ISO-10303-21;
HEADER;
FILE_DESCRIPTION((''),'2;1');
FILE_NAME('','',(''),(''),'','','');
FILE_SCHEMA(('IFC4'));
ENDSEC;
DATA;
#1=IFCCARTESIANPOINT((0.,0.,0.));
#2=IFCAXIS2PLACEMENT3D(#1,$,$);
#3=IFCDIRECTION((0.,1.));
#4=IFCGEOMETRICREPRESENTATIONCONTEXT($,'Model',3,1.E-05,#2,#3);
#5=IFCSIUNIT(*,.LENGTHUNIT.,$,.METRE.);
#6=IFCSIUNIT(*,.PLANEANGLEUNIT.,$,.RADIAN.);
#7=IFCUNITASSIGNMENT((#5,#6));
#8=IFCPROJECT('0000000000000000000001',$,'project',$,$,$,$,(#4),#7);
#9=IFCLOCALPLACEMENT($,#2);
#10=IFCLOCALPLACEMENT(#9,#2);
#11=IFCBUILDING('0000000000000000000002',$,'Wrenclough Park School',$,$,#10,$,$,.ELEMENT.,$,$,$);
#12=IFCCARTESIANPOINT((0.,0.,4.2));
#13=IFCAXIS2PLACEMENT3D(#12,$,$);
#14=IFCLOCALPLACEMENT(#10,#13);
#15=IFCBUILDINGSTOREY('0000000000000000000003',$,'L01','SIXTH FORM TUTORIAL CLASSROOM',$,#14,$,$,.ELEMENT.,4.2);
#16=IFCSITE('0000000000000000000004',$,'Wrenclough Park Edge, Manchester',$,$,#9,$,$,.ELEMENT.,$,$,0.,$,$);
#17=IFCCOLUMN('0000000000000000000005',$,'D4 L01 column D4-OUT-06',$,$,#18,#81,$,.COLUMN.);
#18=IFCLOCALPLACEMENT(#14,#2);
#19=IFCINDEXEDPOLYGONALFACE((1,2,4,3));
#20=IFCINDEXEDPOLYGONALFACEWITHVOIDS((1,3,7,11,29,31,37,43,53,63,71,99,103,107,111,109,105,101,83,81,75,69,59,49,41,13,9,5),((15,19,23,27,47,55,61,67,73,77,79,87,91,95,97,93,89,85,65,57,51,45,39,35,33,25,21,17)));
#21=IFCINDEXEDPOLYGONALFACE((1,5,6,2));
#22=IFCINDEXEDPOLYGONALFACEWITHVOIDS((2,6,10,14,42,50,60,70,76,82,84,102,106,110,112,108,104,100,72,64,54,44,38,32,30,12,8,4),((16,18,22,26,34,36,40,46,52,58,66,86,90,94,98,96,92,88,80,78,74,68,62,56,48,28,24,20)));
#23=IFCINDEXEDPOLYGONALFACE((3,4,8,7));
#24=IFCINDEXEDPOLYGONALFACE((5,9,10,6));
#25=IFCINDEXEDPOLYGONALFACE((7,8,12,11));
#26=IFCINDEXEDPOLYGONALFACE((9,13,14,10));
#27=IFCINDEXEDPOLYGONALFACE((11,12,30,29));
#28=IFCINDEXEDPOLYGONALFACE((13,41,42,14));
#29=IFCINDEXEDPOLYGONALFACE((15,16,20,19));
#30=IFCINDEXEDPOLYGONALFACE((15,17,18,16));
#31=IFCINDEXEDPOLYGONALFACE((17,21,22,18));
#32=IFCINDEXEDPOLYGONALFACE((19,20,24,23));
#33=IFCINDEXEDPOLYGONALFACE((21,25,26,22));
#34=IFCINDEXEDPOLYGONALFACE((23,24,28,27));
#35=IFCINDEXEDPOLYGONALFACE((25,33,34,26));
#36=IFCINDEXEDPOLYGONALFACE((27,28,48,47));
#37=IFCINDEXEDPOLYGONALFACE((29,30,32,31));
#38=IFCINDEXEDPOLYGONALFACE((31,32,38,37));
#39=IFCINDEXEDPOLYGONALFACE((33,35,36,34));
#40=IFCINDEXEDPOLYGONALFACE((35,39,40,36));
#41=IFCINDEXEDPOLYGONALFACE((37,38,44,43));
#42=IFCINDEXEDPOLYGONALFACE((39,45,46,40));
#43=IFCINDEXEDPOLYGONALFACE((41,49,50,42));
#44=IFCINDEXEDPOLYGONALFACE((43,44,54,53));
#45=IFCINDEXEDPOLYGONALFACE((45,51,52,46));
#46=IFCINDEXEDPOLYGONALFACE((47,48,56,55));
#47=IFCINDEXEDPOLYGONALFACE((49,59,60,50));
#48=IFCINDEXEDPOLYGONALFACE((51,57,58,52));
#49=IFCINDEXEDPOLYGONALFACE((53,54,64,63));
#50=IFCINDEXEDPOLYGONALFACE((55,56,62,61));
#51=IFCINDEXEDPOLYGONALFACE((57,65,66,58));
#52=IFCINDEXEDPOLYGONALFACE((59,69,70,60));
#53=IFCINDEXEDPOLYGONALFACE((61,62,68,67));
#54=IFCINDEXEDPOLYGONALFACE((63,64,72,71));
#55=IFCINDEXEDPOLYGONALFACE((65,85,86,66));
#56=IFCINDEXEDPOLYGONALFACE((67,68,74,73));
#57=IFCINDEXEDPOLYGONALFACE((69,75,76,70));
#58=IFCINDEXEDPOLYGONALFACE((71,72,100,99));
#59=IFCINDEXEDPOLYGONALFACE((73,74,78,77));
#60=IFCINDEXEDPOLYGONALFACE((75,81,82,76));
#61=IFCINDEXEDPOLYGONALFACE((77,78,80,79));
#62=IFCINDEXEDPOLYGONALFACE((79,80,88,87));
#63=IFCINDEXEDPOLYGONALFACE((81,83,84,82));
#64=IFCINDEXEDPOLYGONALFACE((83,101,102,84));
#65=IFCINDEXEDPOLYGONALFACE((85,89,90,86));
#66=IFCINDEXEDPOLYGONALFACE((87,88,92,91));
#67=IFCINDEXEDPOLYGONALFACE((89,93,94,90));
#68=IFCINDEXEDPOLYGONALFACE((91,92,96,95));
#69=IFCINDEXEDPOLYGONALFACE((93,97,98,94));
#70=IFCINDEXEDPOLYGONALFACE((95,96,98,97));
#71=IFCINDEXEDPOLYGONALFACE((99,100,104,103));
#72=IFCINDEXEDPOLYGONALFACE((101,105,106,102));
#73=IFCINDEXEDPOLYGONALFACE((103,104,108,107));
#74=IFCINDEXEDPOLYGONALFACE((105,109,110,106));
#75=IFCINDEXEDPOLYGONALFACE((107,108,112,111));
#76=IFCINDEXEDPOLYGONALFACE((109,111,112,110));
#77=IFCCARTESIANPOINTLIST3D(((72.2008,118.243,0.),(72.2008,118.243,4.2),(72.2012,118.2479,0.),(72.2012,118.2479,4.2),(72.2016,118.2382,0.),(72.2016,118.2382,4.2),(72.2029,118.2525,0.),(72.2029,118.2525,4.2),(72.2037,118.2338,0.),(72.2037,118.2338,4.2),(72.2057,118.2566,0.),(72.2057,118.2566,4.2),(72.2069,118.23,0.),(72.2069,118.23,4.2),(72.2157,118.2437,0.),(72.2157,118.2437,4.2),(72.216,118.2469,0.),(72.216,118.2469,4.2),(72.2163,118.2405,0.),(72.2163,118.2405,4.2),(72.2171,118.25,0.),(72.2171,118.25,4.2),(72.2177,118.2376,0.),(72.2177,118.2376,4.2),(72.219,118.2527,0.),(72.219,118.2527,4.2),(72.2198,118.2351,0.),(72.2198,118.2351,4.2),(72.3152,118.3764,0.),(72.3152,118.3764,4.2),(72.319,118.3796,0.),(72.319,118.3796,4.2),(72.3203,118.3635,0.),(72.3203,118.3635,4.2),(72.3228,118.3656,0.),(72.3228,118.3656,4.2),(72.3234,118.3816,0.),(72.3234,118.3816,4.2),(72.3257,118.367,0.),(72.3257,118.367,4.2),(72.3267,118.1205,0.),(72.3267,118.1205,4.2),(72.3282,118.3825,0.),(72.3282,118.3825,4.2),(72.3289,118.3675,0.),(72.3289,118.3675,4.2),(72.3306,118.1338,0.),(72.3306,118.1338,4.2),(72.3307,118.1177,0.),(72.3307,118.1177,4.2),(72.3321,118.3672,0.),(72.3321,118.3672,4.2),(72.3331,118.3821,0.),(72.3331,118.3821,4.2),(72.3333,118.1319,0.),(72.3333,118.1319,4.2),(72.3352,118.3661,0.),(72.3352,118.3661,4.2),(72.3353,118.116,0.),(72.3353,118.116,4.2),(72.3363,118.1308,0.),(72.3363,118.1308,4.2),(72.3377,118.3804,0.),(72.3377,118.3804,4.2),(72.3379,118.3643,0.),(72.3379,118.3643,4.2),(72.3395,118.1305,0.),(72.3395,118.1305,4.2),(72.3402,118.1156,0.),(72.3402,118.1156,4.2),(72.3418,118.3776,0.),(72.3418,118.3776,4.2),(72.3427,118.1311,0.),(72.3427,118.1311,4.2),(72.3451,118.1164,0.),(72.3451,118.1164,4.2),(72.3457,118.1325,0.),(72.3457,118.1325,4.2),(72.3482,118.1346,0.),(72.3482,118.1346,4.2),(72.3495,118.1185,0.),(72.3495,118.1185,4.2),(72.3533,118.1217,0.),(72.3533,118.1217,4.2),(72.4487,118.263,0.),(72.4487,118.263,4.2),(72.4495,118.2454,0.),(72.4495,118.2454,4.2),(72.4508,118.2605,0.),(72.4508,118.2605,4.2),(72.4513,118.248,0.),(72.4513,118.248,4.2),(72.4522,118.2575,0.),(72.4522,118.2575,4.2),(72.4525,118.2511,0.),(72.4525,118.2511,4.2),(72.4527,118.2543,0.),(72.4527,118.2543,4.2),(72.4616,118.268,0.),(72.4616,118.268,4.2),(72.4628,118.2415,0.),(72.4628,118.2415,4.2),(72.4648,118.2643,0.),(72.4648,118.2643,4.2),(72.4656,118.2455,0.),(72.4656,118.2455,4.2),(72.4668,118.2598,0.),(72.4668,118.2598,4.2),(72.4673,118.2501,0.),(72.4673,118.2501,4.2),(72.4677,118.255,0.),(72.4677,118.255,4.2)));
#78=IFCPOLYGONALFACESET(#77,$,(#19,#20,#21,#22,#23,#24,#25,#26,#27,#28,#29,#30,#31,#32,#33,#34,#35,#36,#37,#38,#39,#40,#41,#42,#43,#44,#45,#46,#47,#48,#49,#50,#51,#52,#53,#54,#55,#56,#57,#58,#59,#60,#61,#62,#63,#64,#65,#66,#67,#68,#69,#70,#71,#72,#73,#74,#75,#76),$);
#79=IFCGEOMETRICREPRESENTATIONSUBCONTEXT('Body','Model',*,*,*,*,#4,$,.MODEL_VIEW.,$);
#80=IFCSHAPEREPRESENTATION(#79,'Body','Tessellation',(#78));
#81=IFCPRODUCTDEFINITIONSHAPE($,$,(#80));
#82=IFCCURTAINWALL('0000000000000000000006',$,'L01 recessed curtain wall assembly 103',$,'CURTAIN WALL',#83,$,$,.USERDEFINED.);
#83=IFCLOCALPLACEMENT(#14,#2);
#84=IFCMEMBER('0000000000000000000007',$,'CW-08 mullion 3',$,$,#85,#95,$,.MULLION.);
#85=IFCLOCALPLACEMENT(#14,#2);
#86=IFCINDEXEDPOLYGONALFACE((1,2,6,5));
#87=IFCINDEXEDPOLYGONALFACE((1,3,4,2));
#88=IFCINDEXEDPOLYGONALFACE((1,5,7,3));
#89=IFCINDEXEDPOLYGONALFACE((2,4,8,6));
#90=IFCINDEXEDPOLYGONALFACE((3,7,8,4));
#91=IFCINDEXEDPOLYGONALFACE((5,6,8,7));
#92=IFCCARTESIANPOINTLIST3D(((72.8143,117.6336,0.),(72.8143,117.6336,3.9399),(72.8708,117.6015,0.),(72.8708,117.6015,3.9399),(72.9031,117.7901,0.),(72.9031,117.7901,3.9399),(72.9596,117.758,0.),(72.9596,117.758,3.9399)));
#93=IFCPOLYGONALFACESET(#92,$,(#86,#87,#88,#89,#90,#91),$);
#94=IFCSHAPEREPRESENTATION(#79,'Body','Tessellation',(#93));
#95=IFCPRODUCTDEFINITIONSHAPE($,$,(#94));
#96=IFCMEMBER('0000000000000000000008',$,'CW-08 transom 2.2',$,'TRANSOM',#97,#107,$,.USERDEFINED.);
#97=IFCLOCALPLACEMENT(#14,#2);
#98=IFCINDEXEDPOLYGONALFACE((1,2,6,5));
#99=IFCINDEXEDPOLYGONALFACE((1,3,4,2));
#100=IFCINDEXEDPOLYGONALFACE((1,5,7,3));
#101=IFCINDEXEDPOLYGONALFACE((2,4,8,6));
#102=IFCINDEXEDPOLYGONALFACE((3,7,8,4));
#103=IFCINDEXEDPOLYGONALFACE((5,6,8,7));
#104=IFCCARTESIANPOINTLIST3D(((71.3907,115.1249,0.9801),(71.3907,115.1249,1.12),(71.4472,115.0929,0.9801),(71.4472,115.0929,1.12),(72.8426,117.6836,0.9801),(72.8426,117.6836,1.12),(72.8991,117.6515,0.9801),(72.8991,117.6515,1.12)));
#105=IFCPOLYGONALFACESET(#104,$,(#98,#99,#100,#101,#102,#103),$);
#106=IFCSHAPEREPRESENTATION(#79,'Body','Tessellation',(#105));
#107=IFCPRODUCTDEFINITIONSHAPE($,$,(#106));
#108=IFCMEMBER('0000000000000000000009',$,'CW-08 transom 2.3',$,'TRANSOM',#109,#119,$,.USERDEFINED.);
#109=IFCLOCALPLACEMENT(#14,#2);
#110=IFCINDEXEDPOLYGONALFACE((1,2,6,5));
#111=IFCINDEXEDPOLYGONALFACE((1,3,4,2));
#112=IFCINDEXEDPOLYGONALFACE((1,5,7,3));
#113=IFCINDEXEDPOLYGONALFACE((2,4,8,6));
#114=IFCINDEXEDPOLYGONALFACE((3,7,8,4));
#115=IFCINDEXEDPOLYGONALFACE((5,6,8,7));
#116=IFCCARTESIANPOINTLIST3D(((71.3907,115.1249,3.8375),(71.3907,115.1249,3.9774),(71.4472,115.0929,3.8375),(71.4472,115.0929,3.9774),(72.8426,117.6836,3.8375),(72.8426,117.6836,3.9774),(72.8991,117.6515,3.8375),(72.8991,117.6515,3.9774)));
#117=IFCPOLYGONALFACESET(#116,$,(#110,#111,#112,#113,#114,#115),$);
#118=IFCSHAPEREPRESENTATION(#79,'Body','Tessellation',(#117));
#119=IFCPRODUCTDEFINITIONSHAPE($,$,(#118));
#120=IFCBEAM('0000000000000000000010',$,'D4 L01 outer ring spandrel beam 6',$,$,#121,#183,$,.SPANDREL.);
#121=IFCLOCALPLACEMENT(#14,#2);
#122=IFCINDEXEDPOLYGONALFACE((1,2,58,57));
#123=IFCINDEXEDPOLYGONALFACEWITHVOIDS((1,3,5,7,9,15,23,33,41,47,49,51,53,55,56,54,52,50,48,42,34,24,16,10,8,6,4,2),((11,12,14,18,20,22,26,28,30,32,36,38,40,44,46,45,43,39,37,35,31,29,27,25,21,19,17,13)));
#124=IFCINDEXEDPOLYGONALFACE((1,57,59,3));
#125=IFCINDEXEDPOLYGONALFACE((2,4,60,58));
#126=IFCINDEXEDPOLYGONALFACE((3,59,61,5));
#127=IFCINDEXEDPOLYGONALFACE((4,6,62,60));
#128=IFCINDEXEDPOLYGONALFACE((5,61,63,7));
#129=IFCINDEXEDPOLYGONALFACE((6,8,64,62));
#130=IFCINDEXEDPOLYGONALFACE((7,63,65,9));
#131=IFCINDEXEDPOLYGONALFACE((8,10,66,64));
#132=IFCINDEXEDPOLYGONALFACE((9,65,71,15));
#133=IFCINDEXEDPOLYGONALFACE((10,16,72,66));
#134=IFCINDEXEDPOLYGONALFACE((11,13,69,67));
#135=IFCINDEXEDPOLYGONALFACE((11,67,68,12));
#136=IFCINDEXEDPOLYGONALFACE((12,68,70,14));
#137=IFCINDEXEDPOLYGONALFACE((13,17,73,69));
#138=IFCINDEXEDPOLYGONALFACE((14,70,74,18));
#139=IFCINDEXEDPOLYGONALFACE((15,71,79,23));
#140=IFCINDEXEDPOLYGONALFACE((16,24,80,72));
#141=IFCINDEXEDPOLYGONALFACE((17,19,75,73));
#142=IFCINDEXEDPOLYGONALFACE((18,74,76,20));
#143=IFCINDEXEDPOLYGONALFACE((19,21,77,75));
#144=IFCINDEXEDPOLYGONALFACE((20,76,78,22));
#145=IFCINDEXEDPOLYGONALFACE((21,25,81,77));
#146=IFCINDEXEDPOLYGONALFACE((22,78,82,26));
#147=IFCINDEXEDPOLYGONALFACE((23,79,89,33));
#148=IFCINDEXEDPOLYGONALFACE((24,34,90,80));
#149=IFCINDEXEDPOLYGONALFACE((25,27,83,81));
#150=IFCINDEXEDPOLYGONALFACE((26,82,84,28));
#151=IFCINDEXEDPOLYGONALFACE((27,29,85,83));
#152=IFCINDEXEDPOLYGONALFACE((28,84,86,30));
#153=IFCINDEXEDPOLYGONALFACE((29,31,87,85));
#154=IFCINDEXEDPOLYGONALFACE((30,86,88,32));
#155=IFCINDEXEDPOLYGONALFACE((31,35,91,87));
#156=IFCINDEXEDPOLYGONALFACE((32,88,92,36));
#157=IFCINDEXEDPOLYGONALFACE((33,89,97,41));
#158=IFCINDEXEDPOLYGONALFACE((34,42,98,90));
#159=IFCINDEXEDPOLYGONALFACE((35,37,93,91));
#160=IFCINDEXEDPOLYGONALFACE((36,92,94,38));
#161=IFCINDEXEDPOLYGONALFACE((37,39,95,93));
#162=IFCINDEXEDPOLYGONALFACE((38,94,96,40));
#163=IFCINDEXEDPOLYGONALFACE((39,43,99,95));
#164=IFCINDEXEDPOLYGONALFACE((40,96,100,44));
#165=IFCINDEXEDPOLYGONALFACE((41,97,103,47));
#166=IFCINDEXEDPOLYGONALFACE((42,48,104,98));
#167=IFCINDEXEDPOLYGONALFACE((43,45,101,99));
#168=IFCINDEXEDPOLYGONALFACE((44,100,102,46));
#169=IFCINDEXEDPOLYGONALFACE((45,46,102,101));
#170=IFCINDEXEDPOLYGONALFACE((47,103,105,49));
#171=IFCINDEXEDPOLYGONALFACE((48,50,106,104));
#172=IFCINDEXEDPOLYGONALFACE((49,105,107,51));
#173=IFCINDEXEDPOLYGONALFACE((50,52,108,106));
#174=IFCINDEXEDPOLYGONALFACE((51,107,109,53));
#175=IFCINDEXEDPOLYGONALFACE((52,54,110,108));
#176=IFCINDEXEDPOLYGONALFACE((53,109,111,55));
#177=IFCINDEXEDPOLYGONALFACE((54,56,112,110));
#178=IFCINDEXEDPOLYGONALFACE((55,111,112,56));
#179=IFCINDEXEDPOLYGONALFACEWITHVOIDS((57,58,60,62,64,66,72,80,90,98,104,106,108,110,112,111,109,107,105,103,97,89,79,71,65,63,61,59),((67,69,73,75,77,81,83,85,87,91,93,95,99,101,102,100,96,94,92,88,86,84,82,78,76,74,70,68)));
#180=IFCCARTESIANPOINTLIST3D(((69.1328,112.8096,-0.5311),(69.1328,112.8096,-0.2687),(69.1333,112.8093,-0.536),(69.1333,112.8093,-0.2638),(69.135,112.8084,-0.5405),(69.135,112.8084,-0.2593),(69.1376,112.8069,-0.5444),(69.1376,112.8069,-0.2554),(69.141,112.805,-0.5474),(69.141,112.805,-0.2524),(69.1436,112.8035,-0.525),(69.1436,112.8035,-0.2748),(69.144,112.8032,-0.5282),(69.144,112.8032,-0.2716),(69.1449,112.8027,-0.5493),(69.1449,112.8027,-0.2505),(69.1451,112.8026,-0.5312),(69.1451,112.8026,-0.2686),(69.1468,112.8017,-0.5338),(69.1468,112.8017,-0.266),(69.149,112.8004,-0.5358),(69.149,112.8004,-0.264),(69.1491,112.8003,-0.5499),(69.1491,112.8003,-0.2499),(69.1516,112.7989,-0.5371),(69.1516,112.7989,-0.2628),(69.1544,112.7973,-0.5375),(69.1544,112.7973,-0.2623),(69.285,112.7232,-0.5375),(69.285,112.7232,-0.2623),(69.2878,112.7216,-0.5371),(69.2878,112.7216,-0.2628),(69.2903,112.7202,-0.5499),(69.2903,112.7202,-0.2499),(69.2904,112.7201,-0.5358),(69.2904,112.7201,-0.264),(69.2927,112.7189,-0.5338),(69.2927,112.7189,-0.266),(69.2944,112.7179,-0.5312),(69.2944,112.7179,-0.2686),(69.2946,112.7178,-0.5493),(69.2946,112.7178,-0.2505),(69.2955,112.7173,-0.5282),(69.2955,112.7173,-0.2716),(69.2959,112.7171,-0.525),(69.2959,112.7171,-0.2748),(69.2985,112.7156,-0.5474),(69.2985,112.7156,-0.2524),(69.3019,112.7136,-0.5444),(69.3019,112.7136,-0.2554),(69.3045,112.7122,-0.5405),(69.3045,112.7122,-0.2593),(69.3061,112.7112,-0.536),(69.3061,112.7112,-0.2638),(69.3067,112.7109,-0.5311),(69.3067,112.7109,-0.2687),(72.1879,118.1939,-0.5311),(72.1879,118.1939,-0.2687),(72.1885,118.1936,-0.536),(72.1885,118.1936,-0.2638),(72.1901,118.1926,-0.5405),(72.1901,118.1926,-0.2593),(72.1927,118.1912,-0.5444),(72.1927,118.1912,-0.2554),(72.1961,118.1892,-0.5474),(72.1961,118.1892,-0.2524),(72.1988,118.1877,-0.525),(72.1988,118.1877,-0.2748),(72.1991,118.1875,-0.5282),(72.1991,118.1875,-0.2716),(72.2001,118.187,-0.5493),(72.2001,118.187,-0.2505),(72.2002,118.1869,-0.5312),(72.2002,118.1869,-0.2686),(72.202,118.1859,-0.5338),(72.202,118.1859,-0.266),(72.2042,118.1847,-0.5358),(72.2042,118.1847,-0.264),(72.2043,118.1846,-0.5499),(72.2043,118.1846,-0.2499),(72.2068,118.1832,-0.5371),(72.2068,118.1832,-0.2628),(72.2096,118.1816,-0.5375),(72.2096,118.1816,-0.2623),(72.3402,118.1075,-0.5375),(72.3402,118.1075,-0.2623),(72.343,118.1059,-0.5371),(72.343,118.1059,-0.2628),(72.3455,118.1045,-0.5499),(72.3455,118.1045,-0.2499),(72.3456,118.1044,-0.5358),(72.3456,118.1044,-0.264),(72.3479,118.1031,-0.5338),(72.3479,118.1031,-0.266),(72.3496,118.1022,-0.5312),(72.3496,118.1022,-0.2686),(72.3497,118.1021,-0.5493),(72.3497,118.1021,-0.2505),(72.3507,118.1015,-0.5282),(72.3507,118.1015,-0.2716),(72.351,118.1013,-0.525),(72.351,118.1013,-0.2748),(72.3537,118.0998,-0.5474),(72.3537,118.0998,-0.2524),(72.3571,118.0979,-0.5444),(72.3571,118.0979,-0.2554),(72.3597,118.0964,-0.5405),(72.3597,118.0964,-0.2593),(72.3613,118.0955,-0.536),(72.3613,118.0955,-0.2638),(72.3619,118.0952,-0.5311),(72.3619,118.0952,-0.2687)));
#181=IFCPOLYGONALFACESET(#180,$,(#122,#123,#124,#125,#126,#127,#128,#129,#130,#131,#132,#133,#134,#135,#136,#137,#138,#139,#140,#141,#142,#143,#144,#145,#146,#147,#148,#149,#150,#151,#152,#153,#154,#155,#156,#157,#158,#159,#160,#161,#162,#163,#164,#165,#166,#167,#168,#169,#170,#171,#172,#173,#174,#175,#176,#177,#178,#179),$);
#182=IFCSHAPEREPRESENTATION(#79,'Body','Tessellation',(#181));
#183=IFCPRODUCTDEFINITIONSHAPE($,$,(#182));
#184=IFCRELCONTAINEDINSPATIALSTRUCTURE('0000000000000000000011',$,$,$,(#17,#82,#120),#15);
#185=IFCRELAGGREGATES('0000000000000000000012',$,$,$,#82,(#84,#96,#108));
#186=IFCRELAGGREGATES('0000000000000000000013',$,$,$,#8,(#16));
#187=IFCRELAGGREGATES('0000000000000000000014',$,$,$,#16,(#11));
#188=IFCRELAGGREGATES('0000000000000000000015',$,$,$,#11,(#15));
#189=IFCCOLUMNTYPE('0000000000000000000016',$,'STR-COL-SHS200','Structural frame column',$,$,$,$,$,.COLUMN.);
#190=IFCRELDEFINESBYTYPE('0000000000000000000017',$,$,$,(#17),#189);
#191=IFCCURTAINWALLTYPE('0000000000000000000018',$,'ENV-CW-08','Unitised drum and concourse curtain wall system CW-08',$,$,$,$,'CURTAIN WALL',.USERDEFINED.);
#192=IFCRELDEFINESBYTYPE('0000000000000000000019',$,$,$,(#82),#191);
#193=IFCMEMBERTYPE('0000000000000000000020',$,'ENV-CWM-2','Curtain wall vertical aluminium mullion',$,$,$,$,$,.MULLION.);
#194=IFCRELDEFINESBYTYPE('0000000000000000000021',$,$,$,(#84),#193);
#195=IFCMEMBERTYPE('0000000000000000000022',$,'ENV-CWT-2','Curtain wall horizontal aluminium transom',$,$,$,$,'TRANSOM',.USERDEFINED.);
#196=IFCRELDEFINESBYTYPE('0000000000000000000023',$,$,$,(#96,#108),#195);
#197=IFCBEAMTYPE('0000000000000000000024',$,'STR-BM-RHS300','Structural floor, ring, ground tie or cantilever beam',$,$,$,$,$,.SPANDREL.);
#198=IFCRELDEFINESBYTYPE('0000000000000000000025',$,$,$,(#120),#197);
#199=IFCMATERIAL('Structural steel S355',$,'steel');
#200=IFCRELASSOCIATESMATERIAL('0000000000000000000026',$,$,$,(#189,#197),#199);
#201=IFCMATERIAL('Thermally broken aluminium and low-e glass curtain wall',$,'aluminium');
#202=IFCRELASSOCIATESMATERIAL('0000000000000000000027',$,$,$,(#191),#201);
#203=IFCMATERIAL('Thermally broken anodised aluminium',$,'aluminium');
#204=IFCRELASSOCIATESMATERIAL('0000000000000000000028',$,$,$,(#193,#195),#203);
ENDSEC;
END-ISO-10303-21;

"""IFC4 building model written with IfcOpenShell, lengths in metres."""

from ifc_helpers import new_model, si_unit, direction, frame, origin, origin_2d, place, context, subcontext, project, spatial, rectangle, hollow_rectangle, extrude, material, material_profile, profile_set, type_object, element, aggregate, save


model = new_model("IFC4")

# Units and contexts
model_context = context("Model", 3, precision=1e-05, world=origin(), true_north=direction((0.0, 1.0)))
body_context = subcontext(model_context, "Body", "Model", "MODEL_VIEW")
ifc_project = project(units=[si_unit("LENGTHUNIT", "METRE"), si_unit("PLANEANGLEUNIT", "RADIAN")], contexts=[model_context])

# Site, building, storey
site_placement = place(None, origin())
site = spatial("IfcSite", under=ifc_project, at=site_placement, Name="Wrenclough Park Edge, Manchester", CompositionType="ELEMENT", RefElevation=0.0)
building_placement = place(site_placement, origin())
building = spatial("IfcBuilding", under=site, at=building_placement, Name="Wrenclough Park School", CompositionType="ELEMENT")
storey_placement = place(building_placement, frame((0.0, 0.0, 4.2)))
storey = spatial("IfcBuildingStorey", under=building, at=storey_placement, Name="L01", Description="SIXTH FORM TUTORIAL CLASSROOM", CompositionType="ELEMENT", Elevation=4.2)

# Column
ifc_material_1 = material(Name="Structural steel S355", Category="steel")
ifc_material_profile_1 = material_profile(ifc_material_1, hollow_rectangle(XDim=0.2, YDim=0.2, WallThickness=0.0125, InnerFilletRadius=0.0125, OuterFilletRadius=0.0188, at=origin_2d()), Name="SHS 200x200x12.5")
ifc_profile_set_1 = profile_set([ifc_material_profile_1], Name="Structural steel S355")
column_type = type_object("IfcColumnType", Name="STR-COL-SHS200", Description="Structural frame column", PredefinedType="COLUMN", material=ifc_profile_set_1)
column_placement = place(storey_placement, frame((72.3342, 118.249, 0.0), z_axis=(0.0, 0.0, 1.0), x_axis=(-0.674689, -0.738102, 0.0)))
element("IfcColumn", 1, at=column_placement, inside=storey, type_object=column_type, Name="D4 L01 column D4-OUT-06", PredefinedType="COLUMN", context=body_context, shape_type="SweptSolid", body=[
    extrude(hollow_rectangle(XDim=0.2, YDim=0.2, WallThickness=0.0125, InnerFilletRadius=0.0125, OuterFilletRadius=0.0188, at=origin_2d()), origin(), (0.0, 0.0, 1.0), 4.2),
])

# Curtain wall, members
ifc_material_2 = material(Name="Thermally broken aluminium and low-e glass curtain wall", Category="aluminium")
curtain_wall_type = type_object("IfcCurtainWallType", Name="ENV-CW-08", Description="Unitised drum and concourse curtain wall system CW-08", ElementType="CURTAIN WALL", PredefinedType="USERDEFINED", material=ifc_material_2)
curtain_wall_placement = place(storey_placement, origin())
curtain_wall = element("IfcCurtainWall", 2, at=curtain_wall_placement, inside=storey, type_object=curtain_wall_type, Name="L01 recessed curtain wall assembly 103", ObjectType="CURTAIN WALL", PredefinedType="USERDEFINED")
ifc_material_3 = material(Name="Thermally broken anodised aluminium", Category="aluminium")
ifc_material_profile_2 = material_profile(ifc_material_3, rectangle(XDim=0.0649, YDim=0.1799, at=origin_2d()), Name="AL MULLION 65x180")
ifc_profile_set_2 = profile_set([ifc_material_profile_2], Name="Thermally broken anodised aluminium")
member_type_1 = type_object("IfcMemberType", Name="ENV-CWM-2", Description="Curtain wall vertical aluminium mullion", PredefinedType="MULLION", material=ifc_profile_set_2)
member_1_placement = place(storey_placement, frame((72.887, 117.6958, 0.0), z_axis=(0.0, 0.0, 1.0), x_axis=(-0.869745, 0.493501, 0.0)))
member_1 = element("IfcMember", 3, at=member_1_placement, type_object=member_type_1, Name="CW-08 mullion 3", PredefinedType="MULLION", context=body_context, shape_type="SweptSolid", body=[
    extrude(rectangle(XDim=0.0649, YDim=0.1799, at=origin_2d()), origin(), (0.0, 0.0, 1.0), 3.9399),
])
ifc_material_profile_3 = material_profile(ifc_material_3, rectangle(XDim=0.0649, YDim=0.1399, at=origin_2d()), Name="AL TRANSOM 65x140")
ifc_profile_set_3 = profile_set([ifc_material_profile_3], Name="Thermally broken anodised aluminium")
member_type_2 = type_object("IfcMemberType", Name="ENV-CWT-2", Description="Curtain wall horizontal aluminium transom", ElementType="TRANSOM", PredefinedType="USERDEFINED", material=ifc_profile_set_3)
member_2_placement = place(storey_placement, frame((71.4189, 115.1089, 1.05), z_axis=(0.493536, 0.869725, 0.0), x_axis=(-0.869725, 0.493536, 0.0)))
member_2 = element("IfcMember", 4, at=member_2_placement, type_object=member_type_2, Name="CW-08 transom 2.2", ObjectType="TRANSOM", PredefinedType="USERDEFINED", context=body_context, shape_type="SweptSolid", body=[
    extrude(rectangle(XDim=0.0649, YDim=0.1399, at=origin_2d()), origin(), (0.0, 0.0, 1.0), 2.9419),
])
member_3_placement = place(storey_placement, frame((71.4189, 115.1089, 3.9075), z_axis=(0.493536, 0.869725, 0.0), x_axis=(-0.869725, 0.493536, 0.0)))
member_3 = element("IfcMember", 5, at=member_3_placement, type_object=member_type_2, Name="CW-08 transom 2.3", ObjectType="TRANSOM", PredefinedType="USERDEFINED", context=body_context, shape_type="SweptSolid", body=[
    extrude(rectangle(XDim=0.0649, YDim=0.1399, at=origin_2d()), origin(), (0.0, 0.0, 1.0), 2.9419),
])

# Beam
ifc_material_profile_4 = material_profile(ifc_material_1, hollow_rectangle(XDim=0.2, YDim=0.3, WallThickness=0.0125, InnerFilletRadius=0.0125, OuterFilletRadius=0.0188, at=origin_2d()), Name="RHS 300x200x12.5")
ifc_profile_set_4 = profile_set([ifc_material_profile_4], Name="Structural steel S355")
beam_type = type_object("IfcBeamType", Name="STR-BM-RHS300", Description="Structural floor, ring, ground tie or cantilever beam", PredefinedType="SPANDREL", material=ifc_profile_set_4)
beam_placement = place(storey_placement, frame((72.2749, 118.1445, -0.3999), z_axis=(-0.493512, -0.869739, 0.0), x_axis=(0.869739, -0.493512, 0.0)))
element("IfcBeam", 6, at=beam_placement, inside=storey, type_object=beam_type, Name="D4 L01 outer ring spandrel beam 6", PredefinedType="SPANDREL", context=body_context, shape_type="SweptSolid", body=[
    extrude(hollow_rectangle(XDim=0.2, YDim=0.3, WallThickness=0.0125, InnerFilletRadius=0.0125, OuterFilletRadius=0.0188, at=origin_2d()), origin(), (0.0, 0.0, 1.0), 6.1907),
])

aggregate(curtain_wall, [member_1, member_2, member_3])

save(model, "model.ifc")
